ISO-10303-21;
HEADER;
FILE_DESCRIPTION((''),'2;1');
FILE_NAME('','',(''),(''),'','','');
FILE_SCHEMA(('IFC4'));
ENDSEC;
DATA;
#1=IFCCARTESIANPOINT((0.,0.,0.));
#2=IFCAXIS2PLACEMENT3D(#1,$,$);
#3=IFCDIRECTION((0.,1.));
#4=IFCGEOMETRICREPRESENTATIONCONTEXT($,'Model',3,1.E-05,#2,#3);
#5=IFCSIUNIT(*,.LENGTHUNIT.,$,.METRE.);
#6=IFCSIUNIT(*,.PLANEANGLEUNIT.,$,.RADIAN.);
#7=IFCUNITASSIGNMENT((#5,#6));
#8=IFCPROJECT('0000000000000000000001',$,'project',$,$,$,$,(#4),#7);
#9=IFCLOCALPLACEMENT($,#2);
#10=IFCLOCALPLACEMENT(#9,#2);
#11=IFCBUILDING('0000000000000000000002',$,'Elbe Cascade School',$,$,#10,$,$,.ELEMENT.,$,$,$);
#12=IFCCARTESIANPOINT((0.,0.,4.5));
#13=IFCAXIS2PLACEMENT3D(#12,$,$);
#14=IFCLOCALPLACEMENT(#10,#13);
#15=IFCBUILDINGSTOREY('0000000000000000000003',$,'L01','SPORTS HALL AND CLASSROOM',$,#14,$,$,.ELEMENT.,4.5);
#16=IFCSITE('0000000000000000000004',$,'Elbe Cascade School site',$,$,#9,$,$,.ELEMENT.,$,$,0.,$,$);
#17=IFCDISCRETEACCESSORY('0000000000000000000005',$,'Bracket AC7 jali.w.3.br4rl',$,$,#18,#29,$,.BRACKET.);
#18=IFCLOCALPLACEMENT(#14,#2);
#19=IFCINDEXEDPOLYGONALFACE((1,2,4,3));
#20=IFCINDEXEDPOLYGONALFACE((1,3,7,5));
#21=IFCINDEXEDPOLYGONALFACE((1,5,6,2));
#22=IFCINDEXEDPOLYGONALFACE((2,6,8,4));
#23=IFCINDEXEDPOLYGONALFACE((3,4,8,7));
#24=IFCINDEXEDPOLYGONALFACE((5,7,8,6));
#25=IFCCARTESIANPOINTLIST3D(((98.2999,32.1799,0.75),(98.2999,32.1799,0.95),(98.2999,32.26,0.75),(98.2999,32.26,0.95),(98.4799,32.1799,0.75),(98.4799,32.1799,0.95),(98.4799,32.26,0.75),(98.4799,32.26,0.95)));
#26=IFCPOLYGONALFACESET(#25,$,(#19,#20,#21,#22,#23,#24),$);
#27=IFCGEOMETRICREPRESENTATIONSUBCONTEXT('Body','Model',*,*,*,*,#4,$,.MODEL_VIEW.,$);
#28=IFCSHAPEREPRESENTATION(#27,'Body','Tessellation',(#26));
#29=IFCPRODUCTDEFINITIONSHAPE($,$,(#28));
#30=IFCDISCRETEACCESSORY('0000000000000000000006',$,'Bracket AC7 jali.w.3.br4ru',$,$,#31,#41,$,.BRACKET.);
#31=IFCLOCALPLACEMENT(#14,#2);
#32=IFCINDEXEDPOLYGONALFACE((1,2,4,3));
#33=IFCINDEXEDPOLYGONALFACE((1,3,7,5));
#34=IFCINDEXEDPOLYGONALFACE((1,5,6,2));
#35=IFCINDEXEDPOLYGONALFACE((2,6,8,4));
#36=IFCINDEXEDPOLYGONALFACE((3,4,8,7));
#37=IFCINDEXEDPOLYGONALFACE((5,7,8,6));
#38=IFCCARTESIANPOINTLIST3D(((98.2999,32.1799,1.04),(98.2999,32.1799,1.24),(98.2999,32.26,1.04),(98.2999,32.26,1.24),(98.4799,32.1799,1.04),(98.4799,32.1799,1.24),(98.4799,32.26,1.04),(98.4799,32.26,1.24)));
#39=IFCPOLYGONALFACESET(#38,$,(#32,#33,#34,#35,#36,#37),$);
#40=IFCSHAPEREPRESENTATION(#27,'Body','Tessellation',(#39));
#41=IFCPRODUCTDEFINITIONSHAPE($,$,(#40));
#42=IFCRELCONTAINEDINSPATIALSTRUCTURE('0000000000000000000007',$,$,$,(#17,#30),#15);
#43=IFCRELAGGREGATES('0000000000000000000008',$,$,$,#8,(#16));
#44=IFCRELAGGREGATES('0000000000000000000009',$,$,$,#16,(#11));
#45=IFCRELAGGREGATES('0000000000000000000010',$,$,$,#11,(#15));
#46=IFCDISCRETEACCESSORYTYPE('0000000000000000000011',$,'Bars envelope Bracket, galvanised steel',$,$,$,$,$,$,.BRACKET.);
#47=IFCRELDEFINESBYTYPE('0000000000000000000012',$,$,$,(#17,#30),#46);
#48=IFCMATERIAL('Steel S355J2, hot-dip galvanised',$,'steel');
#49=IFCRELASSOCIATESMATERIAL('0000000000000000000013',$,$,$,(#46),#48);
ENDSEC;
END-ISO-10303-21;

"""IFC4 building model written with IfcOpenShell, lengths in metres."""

from ifc_helpers import new_model, si_unit, direction, frame, origin, origin_2d, place, context, subcontext, project, spatial, rectangle, extrude, material, type_object, element, save


model = new_model("IFC4")

# Units and contexts
model_context = context("Model", 3, precision=1e-05, world=origin(), true_north=direction((0.0, 1.0)))
body_context = subcontext(model_context, "Body", "Model", "MODEL_VIEW")
ifc_project = project(units=[si_unit("LENGTHUNIT", "METRE"), si_unit("PLANEANGLEUNIT", "RADIAN")], contexts=[model_context])

# Site, building, storey
site_placement = place(None, origin())
site = spatial("IfcSite", under=ifc_project, at=site_placement, Name="Elbe Cascade School site", CompositionType="ELEMENT", RefElevation=0.0)
building_placement = place(site_placement, origin())
building = spatial("IfcBuilding", under=site, at=building_placement, Name="Elbe Cascade School", CompositionType="ELEMENT")
storey_placement = place(building_placement, frame((0.0, 0.0, 4.5)))
storey = spatial("IfcBuildingStorey", under=building, at=storey_placement, Name="L01", Description="SPORTS HALL AND CLASSROOM", CompositionType="ELEMENT", Elevation=4.5)

# Discrete accessories
ifc_material = material(Name="Steel S355J2, hot-dip galvanised", Category="steel")
discrete_accessory_type = type_object("IfcDiscreteAccessoryType", Name="Bars envelope Bracket, galvanised steel", PredefinedType="BRACKET", material=ifc_material)
for number, where, z_axis, x_axis, name in (
    (1, (98.3899, 32.22, 0.75), (0.0, 0.0, 1.0), (0.0, 1.0, 0.0), "Bracket AC7 jali.w.3.br4rl"),
    (2, (98.3899, 32.22, 1.04), (0.0, 0.0, 1.0), (0.0, 1.0, 0.0), "Bracket AC7 jali.w.3.br4ru"),
):
    element("IfcDiscreteAccessory", number, at=place(storey_placement, frame(where, z_axis=z_axis, x_axis=x_axis)), inside=storey, type_object=discrete_accessory_type, Name=name, PredefinedType="BRACKET", context=body_context, shape_type="SweptSolid", body=[
        extrude(rectangle(XDim=0.0801, YDim=0.1799, at=origin_2d()), origin(), (0.0, 0.0, 1.0), 0.2),
    ])

save(model, "model.ifc")
